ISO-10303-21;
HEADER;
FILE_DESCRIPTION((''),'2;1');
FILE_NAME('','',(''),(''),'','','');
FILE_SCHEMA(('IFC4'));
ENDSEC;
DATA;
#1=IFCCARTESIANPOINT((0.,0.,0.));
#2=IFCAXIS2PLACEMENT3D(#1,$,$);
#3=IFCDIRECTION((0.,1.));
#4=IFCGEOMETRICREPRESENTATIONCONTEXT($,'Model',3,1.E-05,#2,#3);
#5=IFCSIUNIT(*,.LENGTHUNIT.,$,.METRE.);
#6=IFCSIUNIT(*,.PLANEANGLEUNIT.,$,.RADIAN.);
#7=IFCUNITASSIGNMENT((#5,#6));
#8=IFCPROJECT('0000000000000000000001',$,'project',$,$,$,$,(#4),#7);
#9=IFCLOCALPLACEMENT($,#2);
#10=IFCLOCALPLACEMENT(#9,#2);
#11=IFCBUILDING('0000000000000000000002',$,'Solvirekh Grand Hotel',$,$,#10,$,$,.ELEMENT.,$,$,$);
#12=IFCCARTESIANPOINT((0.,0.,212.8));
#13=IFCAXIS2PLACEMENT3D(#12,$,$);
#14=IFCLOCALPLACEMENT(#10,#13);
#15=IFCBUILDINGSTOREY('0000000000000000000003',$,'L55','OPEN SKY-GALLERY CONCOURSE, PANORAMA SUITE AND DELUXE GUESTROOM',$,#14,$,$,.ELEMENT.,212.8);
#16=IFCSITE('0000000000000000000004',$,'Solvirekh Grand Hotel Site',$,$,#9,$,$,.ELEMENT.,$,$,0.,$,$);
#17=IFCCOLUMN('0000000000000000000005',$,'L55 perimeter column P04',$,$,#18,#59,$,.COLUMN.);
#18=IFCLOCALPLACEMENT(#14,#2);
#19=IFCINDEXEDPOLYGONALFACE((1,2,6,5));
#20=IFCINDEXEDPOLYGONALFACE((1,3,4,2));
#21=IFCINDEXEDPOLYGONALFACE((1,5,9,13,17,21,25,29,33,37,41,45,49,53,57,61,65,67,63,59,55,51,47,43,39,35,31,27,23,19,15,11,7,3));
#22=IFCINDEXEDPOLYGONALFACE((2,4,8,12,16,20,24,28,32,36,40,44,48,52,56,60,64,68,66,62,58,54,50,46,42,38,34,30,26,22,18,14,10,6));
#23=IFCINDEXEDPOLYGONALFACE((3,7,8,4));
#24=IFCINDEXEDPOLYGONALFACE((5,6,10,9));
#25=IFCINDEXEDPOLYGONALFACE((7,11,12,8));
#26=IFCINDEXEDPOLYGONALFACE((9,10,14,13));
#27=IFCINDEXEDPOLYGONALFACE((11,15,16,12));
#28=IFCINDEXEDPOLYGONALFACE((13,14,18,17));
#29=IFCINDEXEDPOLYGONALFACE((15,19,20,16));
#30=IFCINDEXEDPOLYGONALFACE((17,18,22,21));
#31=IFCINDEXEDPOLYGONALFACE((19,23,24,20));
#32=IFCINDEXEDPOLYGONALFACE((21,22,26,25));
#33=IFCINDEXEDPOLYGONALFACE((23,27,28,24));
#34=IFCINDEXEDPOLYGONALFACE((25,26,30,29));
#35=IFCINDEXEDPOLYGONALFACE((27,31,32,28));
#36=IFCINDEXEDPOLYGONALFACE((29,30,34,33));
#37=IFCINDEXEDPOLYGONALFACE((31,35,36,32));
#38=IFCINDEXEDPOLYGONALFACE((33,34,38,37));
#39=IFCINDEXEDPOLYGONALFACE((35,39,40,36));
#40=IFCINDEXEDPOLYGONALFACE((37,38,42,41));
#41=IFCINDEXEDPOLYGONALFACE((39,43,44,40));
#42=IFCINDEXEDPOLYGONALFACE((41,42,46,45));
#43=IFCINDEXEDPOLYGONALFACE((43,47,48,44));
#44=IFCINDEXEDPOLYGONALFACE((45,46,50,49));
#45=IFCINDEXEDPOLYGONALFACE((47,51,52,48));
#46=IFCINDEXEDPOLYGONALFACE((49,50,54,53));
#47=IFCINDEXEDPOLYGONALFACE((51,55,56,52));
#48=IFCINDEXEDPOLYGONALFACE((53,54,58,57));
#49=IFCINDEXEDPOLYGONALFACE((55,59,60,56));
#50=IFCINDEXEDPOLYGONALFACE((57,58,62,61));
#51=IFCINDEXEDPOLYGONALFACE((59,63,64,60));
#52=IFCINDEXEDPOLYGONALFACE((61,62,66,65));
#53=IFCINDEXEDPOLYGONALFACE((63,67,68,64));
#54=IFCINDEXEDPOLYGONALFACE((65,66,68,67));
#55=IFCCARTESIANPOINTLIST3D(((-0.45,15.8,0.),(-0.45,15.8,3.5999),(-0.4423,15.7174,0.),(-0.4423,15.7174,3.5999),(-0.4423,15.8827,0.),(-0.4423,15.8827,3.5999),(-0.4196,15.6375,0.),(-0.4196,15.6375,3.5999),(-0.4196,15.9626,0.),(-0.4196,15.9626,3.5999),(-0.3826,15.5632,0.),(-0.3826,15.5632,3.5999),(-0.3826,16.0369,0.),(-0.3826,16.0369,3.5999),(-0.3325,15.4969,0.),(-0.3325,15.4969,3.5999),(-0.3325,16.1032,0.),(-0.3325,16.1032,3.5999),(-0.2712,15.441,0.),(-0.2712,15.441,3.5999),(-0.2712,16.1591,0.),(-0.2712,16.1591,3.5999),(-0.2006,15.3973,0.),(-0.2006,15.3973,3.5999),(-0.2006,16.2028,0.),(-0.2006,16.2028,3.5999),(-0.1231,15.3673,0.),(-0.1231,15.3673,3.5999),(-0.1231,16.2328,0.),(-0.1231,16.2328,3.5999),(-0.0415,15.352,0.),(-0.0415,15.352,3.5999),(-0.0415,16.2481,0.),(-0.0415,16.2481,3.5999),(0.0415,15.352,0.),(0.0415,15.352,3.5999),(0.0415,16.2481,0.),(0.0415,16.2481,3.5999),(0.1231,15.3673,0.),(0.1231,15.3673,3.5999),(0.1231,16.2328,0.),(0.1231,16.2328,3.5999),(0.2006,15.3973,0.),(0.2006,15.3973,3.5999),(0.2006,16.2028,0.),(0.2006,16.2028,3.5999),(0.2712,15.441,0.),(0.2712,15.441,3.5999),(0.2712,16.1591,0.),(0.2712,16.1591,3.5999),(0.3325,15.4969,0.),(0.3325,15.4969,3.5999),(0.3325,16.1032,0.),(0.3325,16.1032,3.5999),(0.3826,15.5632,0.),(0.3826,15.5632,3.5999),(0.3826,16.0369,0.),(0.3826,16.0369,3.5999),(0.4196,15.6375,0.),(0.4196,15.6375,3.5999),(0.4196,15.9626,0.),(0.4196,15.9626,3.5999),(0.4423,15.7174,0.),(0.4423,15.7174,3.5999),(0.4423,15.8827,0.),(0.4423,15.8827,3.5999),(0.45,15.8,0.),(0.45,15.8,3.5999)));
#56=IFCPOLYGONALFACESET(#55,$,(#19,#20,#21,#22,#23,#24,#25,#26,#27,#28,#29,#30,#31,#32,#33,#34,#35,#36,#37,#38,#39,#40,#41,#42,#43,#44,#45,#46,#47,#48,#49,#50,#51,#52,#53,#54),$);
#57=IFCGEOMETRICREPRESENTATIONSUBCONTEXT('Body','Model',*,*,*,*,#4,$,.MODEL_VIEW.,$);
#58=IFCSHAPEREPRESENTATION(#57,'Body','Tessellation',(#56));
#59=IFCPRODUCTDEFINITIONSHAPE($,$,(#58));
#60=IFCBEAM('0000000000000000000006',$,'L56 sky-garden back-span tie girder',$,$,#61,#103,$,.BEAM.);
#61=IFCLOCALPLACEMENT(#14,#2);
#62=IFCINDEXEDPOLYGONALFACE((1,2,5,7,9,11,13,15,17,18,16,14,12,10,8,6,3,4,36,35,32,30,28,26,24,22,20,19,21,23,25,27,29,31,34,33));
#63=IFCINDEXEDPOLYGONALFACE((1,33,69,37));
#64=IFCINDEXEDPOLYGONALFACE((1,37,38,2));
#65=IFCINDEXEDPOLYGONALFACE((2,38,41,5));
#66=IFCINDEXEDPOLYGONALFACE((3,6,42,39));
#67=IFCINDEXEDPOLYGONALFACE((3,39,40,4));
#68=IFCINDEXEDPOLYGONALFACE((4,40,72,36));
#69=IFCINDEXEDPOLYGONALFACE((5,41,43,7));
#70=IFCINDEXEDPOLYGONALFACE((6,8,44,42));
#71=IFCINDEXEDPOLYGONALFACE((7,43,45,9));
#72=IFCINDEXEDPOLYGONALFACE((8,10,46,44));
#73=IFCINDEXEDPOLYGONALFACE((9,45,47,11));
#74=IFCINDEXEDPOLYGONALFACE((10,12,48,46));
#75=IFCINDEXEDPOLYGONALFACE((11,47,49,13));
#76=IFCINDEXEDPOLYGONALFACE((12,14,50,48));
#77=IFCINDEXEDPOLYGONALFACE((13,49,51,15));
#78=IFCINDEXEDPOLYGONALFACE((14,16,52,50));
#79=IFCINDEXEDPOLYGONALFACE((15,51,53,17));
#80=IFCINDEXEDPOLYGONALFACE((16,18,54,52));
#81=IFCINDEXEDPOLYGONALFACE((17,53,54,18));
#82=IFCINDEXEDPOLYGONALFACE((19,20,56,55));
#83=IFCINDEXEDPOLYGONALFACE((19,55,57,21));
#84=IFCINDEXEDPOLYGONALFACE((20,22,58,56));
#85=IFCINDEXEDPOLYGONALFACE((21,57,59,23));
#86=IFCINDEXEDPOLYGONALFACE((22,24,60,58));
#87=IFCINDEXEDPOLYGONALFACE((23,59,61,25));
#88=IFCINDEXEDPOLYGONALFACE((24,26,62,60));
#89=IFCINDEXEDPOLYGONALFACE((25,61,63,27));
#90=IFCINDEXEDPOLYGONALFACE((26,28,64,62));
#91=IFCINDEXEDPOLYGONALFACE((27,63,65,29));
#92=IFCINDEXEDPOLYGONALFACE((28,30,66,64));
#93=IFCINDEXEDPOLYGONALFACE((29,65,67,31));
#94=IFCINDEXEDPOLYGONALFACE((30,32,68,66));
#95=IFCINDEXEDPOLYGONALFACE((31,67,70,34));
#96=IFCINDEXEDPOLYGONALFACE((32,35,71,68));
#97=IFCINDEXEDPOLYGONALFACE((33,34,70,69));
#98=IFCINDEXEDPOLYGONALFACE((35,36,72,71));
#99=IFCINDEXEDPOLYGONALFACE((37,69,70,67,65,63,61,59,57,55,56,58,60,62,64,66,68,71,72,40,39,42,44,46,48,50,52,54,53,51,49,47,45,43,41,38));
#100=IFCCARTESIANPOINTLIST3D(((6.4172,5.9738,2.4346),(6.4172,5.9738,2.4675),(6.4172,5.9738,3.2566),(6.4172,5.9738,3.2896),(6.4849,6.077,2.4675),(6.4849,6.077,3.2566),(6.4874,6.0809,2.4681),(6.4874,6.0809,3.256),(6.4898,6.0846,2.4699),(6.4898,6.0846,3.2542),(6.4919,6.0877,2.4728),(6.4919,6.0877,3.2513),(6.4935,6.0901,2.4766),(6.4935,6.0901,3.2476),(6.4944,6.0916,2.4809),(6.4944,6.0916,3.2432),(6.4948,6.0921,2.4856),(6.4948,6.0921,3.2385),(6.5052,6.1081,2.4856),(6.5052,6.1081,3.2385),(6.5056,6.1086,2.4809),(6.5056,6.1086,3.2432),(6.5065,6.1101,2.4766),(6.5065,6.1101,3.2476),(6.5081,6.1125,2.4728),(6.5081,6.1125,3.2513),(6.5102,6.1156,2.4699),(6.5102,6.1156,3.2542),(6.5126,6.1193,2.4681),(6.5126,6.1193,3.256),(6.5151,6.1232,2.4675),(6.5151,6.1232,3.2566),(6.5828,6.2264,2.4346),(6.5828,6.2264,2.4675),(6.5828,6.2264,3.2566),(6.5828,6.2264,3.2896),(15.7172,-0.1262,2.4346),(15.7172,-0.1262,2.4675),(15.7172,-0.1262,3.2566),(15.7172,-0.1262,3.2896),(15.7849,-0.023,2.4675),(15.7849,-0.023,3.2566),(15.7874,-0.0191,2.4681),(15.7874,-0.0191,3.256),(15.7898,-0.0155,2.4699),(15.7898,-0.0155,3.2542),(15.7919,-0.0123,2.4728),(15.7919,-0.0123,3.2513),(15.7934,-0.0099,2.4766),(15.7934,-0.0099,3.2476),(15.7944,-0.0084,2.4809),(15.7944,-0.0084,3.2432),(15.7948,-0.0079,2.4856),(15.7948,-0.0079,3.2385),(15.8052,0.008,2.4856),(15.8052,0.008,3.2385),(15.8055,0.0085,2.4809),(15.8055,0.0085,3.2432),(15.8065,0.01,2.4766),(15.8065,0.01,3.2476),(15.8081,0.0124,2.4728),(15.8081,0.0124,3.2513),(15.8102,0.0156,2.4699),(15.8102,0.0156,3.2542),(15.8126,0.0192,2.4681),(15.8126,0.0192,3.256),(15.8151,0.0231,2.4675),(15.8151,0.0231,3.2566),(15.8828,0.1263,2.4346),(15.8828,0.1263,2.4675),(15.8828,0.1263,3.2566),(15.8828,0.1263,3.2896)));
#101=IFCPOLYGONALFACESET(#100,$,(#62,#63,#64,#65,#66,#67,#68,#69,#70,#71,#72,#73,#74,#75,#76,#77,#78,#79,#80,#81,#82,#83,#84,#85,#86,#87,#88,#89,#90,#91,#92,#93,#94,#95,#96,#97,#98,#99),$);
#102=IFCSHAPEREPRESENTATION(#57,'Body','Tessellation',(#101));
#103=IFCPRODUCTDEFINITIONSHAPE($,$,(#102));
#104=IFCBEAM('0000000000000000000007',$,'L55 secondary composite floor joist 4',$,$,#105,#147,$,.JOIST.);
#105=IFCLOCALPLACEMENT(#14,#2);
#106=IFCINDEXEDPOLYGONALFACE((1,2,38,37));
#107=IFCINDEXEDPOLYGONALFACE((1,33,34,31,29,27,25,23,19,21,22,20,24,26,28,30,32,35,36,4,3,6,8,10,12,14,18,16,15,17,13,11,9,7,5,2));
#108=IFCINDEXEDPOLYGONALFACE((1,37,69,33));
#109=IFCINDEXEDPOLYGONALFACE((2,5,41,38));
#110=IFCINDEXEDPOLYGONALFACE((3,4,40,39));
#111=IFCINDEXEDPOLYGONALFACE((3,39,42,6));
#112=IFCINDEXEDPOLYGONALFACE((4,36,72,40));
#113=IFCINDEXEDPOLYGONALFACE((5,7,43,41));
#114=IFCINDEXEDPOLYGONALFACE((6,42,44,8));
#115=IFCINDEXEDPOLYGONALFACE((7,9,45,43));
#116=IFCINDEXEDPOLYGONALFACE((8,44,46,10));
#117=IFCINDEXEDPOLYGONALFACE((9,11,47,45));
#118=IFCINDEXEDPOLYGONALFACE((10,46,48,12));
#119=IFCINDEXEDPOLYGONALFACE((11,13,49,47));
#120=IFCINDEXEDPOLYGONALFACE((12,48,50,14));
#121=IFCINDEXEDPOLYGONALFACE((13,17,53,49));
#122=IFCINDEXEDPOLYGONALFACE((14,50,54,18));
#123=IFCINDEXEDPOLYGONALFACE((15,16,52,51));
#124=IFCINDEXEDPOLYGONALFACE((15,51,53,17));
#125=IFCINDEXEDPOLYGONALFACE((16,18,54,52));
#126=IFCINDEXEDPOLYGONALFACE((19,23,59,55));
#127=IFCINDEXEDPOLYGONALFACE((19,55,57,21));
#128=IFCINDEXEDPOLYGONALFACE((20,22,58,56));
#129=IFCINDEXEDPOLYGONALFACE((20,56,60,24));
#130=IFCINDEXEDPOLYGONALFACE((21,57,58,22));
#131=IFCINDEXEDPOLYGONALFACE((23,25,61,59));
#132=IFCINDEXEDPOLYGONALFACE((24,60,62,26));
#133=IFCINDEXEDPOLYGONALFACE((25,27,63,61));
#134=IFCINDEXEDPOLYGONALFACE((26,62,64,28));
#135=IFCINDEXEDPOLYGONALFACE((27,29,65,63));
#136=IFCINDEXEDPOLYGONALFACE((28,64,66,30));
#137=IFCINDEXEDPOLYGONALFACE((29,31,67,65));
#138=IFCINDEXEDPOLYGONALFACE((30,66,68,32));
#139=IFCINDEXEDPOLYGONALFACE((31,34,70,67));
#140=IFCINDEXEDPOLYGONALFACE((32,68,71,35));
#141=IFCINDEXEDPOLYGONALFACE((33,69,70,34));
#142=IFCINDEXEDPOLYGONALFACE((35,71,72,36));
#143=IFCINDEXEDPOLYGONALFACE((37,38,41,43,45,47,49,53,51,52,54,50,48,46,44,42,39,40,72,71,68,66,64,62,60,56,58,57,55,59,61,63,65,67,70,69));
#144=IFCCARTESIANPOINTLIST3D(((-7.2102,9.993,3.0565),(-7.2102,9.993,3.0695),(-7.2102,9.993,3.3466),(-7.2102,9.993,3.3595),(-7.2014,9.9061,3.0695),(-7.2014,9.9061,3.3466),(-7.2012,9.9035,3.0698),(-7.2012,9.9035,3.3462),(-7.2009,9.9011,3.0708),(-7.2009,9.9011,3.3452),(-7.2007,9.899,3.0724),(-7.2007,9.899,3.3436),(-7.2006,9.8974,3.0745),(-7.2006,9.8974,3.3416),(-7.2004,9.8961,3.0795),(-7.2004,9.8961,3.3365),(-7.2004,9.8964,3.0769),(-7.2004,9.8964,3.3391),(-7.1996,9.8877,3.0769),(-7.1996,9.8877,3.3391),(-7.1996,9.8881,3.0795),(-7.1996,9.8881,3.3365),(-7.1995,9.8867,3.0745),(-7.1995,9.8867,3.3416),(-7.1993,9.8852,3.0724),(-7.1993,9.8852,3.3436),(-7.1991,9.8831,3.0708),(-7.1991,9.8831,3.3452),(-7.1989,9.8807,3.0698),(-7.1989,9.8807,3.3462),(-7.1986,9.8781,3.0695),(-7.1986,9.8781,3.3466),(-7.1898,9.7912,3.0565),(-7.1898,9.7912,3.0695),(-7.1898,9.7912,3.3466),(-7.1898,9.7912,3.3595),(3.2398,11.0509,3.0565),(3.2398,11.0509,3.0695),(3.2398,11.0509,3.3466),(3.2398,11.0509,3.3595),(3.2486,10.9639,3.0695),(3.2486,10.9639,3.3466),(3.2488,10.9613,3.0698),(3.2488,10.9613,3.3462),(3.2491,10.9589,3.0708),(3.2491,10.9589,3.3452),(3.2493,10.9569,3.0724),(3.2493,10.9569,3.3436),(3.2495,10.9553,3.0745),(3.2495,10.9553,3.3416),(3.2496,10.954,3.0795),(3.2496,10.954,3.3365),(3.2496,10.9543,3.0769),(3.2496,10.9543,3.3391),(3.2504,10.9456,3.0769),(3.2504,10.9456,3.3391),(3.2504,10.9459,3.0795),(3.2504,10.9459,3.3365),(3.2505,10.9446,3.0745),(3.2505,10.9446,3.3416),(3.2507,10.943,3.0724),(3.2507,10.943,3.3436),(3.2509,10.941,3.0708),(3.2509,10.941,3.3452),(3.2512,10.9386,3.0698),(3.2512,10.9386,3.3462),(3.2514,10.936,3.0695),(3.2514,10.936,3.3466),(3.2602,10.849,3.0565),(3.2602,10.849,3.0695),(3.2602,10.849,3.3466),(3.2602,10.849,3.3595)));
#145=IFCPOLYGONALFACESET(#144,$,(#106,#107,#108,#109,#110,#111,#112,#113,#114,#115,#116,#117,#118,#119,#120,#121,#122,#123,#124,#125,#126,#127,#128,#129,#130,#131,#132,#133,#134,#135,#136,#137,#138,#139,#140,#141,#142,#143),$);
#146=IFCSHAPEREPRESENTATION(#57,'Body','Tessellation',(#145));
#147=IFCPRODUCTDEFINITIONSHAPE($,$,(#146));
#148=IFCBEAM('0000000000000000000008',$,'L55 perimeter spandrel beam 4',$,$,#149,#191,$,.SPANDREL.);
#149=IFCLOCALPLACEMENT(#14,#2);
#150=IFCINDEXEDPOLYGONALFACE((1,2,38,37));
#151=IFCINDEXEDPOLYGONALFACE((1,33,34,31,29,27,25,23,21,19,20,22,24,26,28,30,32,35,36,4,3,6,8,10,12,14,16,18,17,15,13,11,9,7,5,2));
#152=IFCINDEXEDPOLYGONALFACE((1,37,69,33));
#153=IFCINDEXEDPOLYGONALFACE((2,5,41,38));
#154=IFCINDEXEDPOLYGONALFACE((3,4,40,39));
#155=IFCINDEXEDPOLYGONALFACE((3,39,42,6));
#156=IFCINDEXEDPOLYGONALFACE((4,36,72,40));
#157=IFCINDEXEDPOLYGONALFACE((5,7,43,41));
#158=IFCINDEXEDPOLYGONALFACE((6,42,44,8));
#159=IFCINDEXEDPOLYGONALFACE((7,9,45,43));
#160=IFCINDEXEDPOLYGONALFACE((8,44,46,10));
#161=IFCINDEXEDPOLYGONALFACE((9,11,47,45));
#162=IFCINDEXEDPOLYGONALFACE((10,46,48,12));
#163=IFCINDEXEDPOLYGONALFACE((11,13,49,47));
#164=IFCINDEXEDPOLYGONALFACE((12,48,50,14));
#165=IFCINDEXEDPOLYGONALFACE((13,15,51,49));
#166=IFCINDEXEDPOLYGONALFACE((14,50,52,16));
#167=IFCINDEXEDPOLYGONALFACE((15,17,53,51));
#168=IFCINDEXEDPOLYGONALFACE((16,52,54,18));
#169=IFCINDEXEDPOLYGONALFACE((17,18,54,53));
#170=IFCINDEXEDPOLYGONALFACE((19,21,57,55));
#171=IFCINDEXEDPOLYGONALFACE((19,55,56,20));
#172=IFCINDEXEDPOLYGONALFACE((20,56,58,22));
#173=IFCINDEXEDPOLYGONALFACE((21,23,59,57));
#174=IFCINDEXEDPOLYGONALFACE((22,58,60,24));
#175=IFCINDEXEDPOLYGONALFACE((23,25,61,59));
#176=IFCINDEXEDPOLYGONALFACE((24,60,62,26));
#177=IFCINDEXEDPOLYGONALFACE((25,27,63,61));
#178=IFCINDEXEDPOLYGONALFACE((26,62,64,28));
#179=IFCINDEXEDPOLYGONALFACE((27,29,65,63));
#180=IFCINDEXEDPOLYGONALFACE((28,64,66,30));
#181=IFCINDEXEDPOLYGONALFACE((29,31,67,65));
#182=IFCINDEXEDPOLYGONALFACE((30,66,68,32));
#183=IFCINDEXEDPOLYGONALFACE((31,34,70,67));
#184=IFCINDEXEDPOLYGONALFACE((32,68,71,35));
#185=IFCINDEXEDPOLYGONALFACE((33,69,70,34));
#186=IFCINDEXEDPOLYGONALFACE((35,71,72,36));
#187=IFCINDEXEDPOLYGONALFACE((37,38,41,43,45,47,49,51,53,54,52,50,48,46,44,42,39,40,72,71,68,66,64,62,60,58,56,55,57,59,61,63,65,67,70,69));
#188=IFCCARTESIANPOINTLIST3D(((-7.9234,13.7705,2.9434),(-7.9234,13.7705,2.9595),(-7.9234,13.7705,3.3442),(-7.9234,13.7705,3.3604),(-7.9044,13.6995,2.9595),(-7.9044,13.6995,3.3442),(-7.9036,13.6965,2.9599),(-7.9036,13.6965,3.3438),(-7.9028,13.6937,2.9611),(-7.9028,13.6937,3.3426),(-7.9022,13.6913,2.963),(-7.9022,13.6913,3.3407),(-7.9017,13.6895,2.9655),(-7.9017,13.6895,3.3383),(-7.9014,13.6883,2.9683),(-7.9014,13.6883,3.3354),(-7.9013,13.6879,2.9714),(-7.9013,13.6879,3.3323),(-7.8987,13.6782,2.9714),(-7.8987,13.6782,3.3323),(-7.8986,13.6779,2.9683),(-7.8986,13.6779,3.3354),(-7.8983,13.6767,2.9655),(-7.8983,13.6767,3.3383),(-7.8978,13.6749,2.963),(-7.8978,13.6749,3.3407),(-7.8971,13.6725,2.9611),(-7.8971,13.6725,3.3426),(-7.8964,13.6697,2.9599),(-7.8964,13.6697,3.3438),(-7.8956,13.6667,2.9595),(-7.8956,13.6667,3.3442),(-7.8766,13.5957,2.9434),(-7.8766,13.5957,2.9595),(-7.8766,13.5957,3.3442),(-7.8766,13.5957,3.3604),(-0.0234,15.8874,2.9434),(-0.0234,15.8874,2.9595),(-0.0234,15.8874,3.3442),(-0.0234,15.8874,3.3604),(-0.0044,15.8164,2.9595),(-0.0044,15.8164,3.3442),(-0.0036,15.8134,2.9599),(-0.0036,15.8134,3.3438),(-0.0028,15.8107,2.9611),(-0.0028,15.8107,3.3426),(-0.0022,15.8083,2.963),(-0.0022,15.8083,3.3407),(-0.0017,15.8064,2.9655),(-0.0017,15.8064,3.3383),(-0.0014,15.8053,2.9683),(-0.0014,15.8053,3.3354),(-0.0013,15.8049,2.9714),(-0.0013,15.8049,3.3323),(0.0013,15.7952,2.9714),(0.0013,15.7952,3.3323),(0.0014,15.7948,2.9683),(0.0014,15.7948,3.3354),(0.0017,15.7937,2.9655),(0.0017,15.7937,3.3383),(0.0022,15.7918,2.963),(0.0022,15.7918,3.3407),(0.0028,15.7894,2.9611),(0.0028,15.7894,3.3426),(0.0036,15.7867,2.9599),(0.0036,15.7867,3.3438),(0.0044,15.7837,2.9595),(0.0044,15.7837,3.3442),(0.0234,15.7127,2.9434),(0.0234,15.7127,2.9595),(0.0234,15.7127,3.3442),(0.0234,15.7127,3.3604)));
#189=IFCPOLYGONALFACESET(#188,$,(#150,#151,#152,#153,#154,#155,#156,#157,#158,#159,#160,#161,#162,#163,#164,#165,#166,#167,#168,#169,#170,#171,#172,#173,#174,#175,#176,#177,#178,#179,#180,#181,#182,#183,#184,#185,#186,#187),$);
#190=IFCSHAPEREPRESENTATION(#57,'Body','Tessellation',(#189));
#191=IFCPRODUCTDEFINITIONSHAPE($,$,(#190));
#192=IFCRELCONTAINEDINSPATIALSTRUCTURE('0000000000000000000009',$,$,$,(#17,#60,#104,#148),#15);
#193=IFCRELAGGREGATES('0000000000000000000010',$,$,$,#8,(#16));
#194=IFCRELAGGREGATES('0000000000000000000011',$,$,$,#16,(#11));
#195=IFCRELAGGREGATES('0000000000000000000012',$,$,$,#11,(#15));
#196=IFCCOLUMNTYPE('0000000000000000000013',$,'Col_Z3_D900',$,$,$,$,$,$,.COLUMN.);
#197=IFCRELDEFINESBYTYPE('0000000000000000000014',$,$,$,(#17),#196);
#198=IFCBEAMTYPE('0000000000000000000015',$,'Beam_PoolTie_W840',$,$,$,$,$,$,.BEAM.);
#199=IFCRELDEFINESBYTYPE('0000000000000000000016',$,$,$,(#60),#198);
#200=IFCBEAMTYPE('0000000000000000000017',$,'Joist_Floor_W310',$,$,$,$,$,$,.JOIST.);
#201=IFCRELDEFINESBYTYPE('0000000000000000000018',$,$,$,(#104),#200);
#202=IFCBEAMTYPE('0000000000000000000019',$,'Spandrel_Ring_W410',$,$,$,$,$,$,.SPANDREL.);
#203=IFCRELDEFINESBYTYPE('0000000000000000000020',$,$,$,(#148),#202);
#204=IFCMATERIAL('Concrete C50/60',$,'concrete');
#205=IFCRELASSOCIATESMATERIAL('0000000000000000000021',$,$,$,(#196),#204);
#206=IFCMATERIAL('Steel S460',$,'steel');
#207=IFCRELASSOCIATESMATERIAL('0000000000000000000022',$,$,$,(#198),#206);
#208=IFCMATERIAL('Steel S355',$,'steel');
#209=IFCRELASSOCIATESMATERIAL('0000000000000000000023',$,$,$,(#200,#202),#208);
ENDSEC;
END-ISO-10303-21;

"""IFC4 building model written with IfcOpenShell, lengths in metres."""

from ifc_helpers import new_model, si_unit, direction, frame, origin, origin_2d, place, context, subcontext, project, spatial, circle, i_section, extrude, material, material_profile, profile_set, type_object, element, save


model = new_model("IFC4")

# Units and contexts
model_context = context("Model", 3, precision=1e-05, world=origin(), true_north=direction((0.0, 1.0)))
body_context = subcontext(model_context, "Body", "Model", "MODEL_VIEW")
ifc_project = project(units=[si_unit("LENGTHUNIT", "METRE"), si_unit("PLANEANGLEUNIT", "RADIAN")], contexts=[model_context])

# Site, building, storey
site_placement = place(None, origin())
site = spatial("IfcSite", under=ifc_project, at=site_placement, Name="Solvirekh Grand Hotel Site", CompositionType="ELEMENT", RefElevation=0.0)
building_placement = place(site_placement, origin())
building = spatial("IfcBuilding", under=site, at=building_placement, Name="Solvirekh Grand Hotel", CompositionType="ELEMENT")
storey_placement = place(building_placement, frame((0.0, 0.0, 212.8)))
storey = spatial("IfcBuildingStorey", under=building, at=storey_placement, Name="L55", Description="OPEN SKY-GALLERY CONCOURSE, PANORAMA SUITE AND DELUXE GUESTROOM", CompositionType="ELEMENT", Elevation=212.8)

# Column
ifc_material_1 = material(Name="Concrete C50/60", Category="concrete")
ifc_material_profile_1 = material_profile(ifc_material_1, circle(Radius=0.45, at=origin_2d()), Name="RC CIRC D900")
ifc_profile_set_1 = profile_set([ifc_material_profile_1], Name="Concrete C50/60")
column_type = type_object("IfcColumnType", Name="Col_Z3_D900", PredefinedType="COLUMN", material=ifc_profile_set_1)
column_placement = place(storey_placement, frame((0.0, 15.8, 0.0), z_axis=(0.0, 0.0, 1.0), x_axis=(1.0, 0.0, 0.0)))
element("IfcColumn", 1, at=column_placement, inside=storey, type_object=column_type, Name="L55 perimeter column P04", PredefinedType="COLUMN", context=body_context, shape_type="SweptSolid", body=[
    extrude(circle(Radius=0.45, at=origin_2d()), origin(), (0.0, 0.0, 1.0), 3.5999),
])

# Beams
ifc_material_2 = material(Name="Steel S460", Category="steel")
ifc_material_profile_2 = material_profile(ifc_material_2, i_section(OverallWidth=0.302, OverallDepth=0.855, WebThickness=0.019, FlangeThickness=0.033, FilletRadius=0.0181, at=origin_2d()), Name="W840X299")
ifc_profile_set_2 = profile_set([ifc_material_profile_2], Name="Steel S460")
beam_type_1 = type_object("IfcBeamType", Name="Beam_PoolTie_W840", PredefinedType="BEAM", material=ifc_profile_set_2)
beam_1_placement = place(storey_placement, frame((6.5, 6.1001, 2.8621), z_axis=(0.836174, -0.548464, 0.0), x_axis=(0.548464, 0.836174, 0.0)))
element("IfcBeam", 2, at=beam_1_placement, inside=storey, type_object=beam_type_1, Name="L56 sky-garden back-span tie girder", PredefinedType="BEAM", context=body_context, shape_type="SweptSolid", body=[
    extrude(i_section(OverallWidth=0.302, OverallDepth=0.855, WebThickness=0.019, FlangeThickness=0.033, FilletRadius=0.0181, at=origin_2d()), origin(), (0.0, 0.0, 1.0), 11.1221),
])
ifc_material_3 = material(Name="Steel S355", Category="steel")
ifc_material_profile_3 = material_profile(ifc_material_3, i_section(OverallWidth=0.2029, OverallDepth=0.303, WebThickness=0.0081, FlangeThickness=0.0129, FilletRadius=0.01, at=origin_2d()), Name="W310X60")
ifc_profile_set_3 = profile_set([ifc_material_profile_3], Name="Steel S355")
beam_type_2 = type_object("IfcBeamType", Name="Joist_Floor_W310", PredefinedType="JOIST", material=ifc_profile_set_3)
beam_2_placement = place(storey_placement, frame((3.25, 10.95, 3.208), z_axis=(-0.994915, -0.100716, 0.0), x_axis=(0.100716, -0.994915, 0.0)))
element("IfcBeam", 3, at=beam_2_placement, inside=storey, type_object=beam_type_2, Name="L55 secondary composite floor joist 4", PredefinedType="JOIST", context=body_context, shape_type="SweptSolid", body=[
    extrude(i_section(OverallWidth=0.2029, OverallDepth=0.303, WebThickness=0.0081, FlangeThickness=0.0129, FilletRadius=0.01, at=origin_2d()), origin(), (0.0, 0.0, 1.0), 10.5034),
])
ifc_material_profile_4 = material_profile(ifc_material_3, i_section(OverallWidth=0.1809, OverallDepth=0.417, WebThickness=0.01, FlangeThickness=0.0161, FilletRadius=0.012, at=origin_2d()), Name="W410X85")
ifc_profile_set_4 = profile_set([ifc_material_profile_4], Name="Steel S355")
beam_type_3 = type_object("IfcBeamType", Name="Spandrel_Ring_W410", PredefinedType="SPANDREL", material=ifc_profile_set_4)
beam_3_placement = place(storey_placement, frame((0.0, 15.8, 3.1519), z_axis=(-0.965921, -0.258839, 0.0), x_axis=(0.258839, -0.965921, 0.0)))
element("IfcBeam", 4, at=beam_3_placement, inside=storey, type_object=beam_type_3, Name="L55 perimeter spandrel beam 4", PredefinedType="SPANDREL", context=body_context, shape_type="SweptSolid", body=[
    extrude(i_section(OverallWidth=0.1809, OverallDepth=0.417, WebThickness=0.01, FlangeThickness=0.0161, FilletRadius=0.012, at=origin_2d()), origin(), (0.0, 0.0, 1.0), 8.1787),
])

save(model, "model.ifc")
